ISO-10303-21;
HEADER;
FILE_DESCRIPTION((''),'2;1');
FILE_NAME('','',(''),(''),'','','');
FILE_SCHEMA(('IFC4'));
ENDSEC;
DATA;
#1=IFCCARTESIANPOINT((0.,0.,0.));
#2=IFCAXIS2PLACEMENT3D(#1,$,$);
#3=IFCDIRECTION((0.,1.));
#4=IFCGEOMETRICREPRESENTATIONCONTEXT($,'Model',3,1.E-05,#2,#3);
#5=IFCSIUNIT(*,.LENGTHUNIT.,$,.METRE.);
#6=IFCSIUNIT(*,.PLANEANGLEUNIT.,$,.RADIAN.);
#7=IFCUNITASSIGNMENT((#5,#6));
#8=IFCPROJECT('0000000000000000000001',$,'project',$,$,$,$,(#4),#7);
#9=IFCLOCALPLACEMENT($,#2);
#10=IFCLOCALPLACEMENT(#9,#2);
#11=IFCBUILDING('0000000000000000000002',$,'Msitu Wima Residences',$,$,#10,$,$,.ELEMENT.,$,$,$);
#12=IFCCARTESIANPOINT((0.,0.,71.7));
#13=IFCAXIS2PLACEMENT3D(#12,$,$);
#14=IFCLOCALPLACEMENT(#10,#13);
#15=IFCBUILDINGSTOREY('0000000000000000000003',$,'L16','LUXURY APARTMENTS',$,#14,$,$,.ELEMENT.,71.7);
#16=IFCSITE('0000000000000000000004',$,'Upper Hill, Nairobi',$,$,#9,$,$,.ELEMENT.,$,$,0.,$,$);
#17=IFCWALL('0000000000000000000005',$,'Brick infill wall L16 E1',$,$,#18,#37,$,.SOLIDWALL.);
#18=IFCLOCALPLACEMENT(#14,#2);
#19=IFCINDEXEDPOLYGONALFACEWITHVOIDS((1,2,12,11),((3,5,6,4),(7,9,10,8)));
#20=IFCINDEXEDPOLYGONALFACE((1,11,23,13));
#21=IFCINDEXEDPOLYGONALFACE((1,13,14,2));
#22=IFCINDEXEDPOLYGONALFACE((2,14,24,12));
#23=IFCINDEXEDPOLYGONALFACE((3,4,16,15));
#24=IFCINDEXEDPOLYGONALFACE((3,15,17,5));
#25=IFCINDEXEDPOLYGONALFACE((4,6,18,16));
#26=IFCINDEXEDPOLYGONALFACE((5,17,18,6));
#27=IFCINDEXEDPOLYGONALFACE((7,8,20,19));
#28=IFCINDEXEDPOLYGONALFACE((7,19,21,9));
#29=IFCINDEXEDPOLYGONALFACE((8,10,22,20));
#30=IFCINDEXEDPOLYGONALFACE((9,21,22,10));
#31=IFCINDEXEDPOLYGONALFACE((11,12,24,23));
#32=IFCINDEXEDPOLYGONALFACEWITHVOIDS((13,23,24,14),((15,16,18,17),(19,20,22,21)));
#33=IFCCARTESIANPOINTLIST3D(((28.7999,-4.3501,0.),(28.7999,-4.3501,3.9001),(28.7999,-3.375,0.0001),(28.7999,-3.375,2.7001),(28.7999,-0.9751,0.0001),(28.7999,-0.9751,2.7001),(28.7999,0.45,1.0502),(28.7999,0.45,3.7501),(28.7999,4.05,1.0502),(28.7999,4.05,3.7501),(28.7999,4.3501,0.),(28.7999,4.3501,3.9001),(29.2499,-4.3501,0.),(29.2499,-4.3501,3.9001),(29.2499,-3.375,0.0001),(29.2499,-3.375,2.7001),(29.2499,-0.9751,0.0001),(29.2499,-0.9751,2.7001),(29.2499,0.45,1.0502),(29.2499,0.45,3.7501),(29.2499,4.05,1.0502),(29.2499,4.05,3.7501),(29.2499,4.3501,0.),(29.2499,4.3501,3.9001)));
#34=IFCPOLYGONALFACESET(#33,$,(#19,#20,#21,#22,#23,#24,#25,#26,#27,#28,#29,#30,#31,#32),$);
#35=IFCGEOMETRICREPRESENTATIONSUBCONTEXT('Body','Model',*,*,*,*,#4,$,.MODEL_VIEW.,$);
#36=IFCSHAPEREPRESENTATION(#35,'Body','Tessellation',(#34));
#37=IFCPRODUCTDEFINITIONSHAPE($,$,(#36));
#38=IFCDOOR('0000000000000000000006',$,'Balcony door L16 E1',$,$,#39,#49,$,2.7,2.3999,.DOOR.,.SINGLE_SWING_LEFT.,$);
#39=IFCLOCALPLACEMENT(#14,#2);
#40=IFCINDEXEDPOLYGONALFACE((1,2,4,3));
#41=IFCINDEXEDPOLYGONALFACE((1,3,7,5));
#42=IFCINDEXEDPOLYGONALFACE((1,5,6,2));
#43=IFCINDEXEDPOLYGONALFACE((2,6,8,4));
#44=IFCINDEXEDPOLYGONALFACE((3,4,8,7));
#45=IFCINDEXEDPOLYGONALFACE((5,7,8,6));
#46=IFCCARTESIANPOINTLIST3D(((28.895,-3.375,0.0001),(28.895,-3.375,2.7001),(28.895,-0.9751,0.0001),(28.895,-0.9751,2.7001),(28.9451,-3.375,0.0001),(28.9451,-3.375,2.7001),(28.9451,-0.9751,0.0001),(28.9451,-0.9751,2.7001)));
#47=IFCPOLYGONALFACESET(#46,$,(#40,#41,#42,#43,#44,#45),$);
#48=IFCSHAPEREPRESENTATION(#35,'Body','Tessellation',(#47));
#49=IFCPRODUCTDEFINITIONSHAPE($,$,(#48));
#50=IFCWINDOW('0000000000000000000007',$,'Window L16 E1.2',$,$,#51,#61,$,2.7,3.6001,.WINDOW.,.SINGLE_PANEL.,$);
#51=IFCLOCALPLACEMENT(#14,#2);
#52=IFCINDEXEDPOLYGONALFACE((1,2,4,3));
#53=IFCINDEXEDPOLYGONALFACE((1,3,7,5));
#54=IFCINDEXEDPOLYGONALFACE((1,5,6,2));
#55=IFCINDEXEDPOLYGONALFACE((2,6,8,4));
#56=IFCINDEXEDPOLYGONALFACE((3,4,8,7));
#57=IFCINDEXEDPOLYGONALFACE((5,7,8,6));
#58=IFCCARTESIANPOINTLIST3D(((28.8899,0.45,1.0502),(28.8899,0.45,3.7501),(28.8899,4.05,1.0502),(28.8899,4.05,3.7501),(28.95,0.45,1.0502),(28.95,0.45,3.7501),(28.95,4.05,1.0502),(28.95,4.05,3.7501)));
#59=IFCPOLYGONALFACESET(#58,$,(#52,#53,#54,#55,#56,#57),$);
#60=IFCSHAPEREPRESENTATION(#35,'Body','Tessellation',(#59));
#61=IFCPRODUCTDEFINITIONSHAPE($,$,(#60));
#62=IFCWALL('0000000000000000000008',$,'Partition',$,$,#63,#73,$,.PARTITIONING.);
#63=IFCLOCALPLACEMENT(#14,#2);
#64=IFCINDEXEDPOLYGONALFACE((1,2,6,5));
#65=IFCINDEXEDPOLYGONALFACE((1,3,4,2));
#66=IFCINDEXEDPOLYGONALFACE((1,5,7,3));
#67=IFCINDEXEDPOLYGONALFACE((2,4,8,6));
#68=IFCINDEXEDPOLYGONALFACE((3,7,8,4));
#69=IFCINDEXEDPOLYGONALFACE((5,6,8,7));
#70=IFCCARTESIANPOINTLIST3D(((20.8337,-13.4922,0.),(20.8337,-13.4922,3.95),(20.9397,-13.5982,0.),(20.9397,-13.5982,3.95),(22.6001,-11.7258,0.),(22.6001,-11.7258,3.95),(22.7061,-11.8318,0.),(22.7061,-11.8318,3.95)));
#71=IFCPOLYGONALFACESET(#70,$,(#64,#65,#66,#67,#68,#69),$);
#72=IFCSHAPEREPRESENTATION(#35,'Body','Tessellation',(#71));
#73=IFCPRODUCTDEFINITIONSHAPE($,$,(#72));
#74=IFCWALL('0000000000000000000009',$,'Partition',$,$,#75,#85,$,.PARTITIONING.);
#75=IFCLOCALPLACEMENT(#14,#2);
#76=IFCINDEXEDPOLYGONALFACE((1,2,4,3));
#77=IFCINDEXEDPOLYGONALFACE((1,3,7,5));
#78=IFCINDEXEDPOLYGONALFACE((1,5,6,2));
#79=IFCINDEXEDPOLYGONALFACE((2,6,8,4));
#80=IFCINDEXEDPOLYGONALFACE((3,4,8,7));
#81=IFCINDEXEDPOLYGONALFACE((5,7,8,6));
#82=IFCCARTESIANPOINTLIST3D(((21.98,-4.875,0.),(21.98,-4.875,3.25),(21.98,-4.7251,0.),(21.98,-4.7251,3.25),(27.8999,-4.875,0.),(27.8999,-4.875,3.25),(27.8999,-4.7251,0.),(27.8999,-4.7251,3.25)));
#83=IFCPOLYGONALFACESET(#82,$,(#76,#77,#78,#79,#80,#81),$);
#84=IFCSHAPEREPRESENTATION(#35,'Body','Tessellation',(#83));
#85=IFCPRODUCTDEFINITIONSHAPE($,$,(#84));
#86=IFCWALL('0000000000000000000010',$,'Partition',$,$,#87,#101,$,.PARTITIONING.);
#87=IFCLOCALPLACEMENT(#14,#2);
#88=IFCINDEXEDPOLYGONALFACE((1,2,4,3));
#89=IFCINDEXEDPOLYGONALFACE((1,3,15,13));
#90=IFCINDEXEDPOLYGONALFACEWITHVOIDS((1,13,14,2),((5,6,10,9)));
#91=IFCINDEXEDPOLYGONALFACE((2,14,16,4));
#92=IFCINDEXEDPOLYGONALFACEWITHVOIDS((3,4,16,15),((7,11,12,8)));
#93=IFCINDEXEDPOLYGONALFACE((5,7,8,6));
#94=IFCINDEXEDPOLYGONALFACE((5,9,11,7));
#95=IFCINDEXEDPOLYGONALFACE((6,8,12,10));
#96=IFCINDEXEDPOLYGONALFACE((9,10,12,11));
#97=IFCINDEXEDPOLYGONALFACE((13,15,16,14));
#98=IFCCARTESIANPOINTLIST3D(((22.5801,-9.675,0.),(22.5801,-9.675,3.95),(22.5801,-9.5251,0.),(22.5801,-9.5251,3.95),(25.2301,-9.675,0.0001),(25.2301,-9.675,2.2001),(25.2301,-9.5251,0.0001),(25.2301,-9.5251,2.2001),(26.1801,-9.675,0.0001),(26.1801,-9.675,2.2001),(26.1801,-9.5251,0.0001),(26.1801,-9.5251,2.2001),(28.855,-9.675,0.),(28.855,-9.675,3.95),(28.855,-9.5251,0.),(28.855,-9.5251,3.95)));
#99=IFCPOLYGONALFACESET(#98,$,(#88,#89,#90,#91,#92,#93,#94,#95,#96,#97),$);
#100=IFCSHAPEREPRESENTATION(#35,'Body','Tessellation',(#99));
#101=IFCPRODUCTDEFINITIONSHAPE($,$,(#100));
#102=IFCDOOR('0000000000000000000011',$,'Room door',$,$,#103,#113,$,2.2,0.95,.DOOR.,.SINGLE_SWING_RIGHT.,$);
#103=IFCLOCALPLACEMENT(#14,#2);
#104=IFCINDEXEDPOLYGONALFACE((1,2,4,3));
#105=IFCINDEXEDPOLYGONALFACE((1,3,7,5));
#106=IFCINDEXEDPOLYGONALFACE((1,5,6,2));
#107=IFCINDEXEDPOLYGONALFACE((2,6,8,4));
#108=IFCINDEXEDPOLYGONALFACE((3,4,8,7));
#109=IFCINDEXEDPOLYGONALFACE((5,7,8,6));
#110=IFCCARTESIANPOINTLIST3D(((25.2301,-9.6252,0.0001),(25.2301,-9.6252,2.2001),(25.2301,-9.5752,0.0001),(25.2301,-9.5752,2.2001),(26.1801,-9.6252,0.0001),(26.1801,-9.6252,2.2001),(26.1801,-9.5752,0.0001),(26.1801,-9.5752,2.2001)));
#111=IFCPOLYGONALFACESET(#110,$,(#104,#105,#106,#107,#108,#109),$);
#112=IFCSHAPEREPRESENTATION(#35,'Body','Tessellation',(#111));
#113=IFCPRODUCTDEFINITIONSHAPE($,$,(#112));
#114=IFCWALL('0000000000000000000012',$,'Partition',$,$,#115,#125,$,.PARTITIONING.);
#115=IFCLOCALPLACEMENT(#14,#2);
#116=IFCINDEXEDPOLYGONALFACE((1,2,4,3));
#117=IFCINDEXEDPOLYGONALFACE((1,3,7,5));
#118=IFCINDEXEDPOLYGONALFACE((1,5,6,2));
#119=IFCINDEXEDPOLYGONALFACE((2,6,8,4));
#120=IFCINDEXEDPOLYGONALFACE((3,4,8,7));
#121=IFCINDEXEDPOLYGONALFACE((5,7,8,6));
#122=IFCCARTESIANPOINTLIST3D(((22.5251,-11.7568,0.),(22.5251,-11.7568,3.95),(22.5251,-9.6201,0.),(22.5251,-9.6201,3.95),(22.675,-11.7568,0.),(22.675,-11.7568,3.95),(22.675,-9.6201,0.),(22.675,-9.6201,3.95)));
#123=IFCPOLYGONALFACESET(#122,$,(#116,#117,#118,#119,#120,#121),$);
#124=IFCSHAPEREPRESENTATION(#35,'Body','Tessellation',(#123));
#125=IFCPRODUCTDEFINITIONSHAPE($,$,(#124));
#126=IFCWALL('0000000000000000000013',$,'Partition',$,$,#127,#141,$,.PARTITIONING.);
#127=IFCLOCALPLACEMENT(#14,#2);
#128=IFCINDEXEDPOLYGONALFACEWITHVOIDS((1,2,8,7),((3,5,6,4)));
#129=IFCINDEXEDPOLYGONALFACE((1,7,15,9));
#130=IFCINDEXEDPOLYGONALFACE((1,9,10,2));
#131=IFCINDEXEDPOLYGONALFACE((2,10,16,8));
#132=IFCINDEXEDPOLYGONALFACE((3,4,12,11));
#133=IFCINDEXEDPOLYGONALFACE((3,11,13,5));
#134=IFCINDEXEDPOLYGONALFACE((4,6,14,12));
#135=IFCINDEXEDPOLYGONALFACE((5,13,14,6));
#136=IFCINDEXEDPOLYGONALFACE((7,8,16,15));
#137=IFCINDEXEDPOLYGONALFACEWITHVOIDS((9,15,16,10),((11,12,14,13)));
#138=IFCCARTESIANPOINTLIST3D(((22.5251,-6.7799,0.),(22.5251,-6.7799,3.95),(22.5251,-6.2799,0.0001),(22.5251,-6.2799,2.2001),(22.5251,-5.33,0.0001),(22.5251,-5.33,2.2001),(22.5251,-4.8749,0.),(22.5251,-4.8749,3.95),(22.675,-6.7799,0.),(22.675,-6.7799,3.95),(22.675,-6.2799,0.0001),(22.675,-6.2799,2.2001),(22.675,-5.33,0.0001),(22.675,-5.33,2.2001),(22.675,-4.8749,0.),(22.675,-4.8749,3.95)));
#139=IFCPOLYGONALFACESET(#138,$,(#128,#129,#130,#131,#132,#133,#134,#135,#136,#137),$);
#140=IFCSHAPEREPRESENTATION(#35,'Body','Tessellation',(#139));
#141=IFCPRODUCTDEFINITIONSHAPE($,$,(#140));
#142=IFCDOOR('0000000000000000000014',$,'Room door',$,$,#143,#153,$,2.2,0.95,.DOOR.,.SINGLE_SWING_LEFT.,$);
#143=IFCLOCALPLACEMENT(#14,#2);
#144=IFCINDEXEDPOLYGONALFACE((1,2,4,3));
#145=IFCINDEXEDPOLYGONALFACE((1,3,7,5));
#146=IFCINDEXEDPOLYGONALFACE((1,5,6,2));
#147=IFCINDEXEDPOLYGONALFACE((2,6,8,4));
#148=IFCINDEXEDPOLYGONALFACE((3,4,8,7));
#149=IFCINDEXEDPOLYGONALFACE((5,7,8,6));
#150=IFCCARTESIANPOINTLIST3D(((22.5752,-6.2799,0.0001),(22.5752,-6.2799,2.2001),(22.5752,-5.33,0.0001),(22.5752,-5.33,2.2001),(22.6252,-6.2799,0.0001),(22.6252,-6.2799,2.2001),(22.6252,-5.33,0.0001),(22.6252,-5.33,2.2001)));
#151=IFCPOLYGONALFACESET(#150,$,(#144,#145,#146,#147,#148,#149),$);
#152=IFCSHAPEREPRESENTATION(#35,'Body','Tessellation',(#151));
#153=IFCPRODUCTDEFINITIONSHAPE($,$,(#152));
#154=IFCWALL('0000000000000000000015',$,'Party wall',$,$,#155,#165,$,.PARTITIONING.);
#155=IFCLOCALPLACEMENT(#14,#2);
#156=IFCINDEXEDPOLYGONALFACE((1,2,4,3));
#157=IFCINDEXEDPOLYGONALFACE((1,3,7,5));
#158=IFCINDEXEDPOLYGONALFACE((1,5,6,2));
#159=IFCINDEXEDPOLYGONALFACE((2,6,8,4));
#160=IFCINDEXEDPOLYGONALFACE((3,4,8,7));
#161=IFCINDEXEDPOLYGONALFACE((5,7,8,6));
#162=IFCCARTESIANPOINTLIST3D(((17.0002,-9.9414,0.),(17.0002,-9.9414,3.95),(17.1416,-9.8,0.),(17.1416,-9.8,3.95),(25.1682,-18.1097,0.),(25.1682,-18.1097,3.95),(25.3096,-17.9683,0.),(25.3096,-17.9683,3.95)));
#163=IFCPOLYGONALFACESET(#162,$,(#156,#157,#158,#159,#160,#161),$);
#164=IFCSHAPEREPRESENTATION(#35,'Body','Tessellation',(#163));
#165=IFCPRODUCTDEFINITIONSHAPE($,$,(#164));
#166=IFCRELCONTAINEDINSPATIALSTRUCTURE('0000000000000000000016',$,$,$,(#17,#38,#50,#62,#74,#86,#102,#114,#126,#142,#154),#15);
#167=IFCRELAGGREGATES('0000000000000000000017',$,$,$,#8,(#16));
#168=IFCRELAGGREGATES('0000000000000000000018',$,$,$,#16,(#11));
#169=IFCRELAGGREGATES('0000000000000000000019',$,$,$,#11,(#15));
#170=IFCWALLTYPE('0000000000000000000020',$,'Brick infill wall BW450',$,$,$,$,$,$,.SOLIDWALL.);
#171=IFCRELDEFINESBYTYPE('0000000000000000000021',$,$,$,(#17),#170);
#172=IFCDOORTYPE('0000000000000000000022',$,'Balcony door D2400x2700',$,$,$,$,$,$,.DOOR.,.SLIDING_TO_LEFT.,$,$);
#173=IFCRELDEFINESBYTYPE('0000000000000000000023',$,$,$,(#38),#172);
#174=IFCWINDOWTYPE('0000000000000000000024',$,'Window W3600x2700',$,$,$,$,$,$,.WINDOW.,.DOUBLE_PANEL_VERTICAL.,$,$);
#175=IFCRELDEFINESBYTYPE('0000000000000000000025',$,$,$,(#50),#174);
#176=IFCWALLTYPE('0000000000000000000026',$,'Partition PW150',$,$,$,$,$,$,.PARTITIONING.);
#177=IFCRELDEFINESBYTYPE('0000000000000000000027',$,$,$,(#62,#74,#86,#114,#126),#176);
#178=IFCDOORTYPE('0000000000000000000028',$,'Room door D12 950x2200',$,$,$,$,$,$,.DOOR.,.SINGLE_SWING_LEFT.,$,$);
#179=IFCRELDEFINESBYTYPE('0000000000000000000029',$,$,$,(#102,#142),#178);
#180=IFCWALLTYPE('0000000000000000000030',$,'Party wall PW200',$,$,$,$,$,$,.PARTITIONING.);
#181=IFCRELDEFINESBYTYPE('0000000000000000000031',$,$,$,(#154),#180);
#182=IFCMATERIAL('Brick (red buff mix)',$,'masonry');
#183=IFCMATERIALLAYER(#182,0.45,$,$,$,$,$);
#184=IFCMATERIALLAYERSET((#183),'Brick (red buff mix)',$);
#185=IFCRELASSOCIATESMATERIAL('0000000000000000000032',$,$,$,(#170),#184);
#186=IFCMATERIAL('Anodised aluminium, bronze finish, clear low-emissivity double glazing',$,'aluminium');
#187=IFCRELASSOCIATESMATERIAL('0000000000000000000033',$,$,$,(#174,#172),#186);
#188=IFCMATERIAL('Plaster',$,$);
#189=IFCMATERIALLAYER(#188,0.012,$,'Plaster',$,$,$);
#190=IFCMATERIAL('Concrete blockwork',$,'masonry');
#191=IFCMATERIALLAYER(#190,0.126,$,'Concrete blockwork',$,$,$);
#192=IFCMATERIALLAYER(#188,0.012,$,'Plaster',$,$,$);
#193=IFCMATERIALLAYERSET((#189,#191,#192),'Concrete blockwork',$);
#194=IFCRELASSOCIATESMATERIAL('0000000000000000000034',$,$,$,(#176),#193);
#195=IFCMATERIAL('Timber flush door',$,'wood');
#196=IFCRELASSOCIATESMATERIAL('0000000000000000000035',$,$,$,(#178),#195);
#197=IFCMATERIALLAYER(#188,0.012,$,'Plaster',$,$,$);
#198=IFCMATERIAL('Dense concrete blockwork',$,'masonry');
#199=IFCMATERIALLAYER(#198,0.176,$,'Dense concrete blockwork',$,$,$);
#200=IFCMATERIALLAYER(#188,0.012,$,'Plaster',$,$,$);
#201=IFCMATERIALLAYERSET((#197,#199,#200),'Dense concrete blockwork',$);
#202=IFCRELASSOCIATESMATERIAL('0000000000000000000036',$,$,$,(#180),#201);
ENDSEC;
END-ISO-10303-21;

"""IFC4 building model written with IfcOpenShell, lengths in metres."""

from ifc_helpers import new_model, si_unit, direction, frame, frame_2d, origin, place, context, subcontext, project, spatial, rectangle, extrude, material, layer, layer_set, type_object, element, fill, save


model = new_model("IFC4")

# Units and contexts
model_context = context("Model", 3, precision=1e-05, world=origin(), true_north=direction((0.0, 1.0)))
body_context = subcontext(model_context, "Body", "Model", "MODEL_VIEW")
ifc_project = project(units=[si_unit("LENGTHUNIT", "METRE"), si_unit("PLANEANGLEUNIT", "RADIAN")], contexts=[model_context])

# Site, building, storey
site_placement = place(None, origin())
site = spatial("IfcSite", under=ifc_project, at=site_placement, Name="Upper Hill, Nairobi", CompositionType="ELEMENT", RefElevation=0.0)
building_placement = place(site_placement, origin())
building = spatial("IfcBuilding", under=site, at=building_placement, Name="Msitu Wima Residences", CompositionType="ELEMENT")
storey_placement = place(building_placement, frame((0.0, 0.0, 71.7)))
storey = spatial("IfcBuildingStorey", under=building, at=storey_placement, Name="L16", Description="LUXURY APARTMENTS", CompositionType="ELEMENT", Elevation=71.7)

# Shared definitions
ifc_material_1 = material(Name="Brick (red buff mix)", Category="masonry")
ifc_layer_1 = layer(ifc_material_1, 0.45)
ifc_layer_set_1 = layer_set([ifc_layer_1], Name="Brick (red buff mix)")
wall_type_1 = type_object("IfcWallType", Name="Brick infill wall BW450", PredefinedType="SOLIDWALL", material=ifc_layer_set_1)
ifc_material_2 = material(Name="Anodised aluminium, bronze finish, clear low-emissivity double glazing", Category="aluminium")
window_type = type_object("IfcWindowType", Name="Window W3600x2700", PartitioningType="DOUBLE_PANEL_VERTICAL", PredefinedType="WINDOW", material=ifc_material_2)

# Wall, openings, door, window
wall_1_placement = place(storey_placement, frame((29.0249, -4.3501, 0.0), z_axis=(0.0, 0.0, 1.0), x_axis=(0.0, 1.0, 0.0)))
wall_1 = element("IfcWall", 1, at=wall_1_placement, inside=storey, type_object=wall_type_1, Name="Brick infill wall L16 E1", PredefinedType="SOLIDWALL", context=body_context, shape_type="SweptSolid", body=[
    extrude(rectangle(XDim=8.7002, YDim=0.45, at=frame_2d((4.3501, 0.0))), origin(), (0.0, 0.0, 1.0), 3.9001),
])
opening_1_placement = place(wall_1_placement, frame((0.9751, 0.0, 0.0)))
opening_1 = element("IfcOpeningElement", 2, at=opening_1_placement, cuts=wall_1, PredefinedType="OPENING", context=body_context, shape_type="SweptSolid", body=[
    extrude(rectangle(XDim=2.3999, YDim=2.7, at=frame_2d((1.2, 1.3501))), frame((0.0, 0.2349, 0.0), z_axis=(0.0, -1.0, 0.0), x_axis=(1.0, 0.0, 0.0)), (0.0, 0.0, 1.0), 0.47),
])
opening_2_placement = place(wall_1_placement, frame((4.8, 0.0, 1.05)))
opening_2 = element("IfcOpeningElement", 3, at=opening_2_placement, cuts=wall_1, PredefinedType="OPENING", context=body_context, shape_type="SweptSolid", body=[
    extrude(rectangle(XDim=3.6001, YDim=2.7, at=frame_2d((1.8, 1.3501))), frame((0.0, 0.2349, 0.0), z_axis=(0.0, -1.0, 0.0), x_axis=(1.0, 0.0, 0.0)), (0.0, 0.0, 1.0), 0.47),
])
door_type_1 = type_object("IfcDoorType", Name="Balcony door D2400x2700", OperationType="SLIDING_TO_LEFT", PredefinedType="DOOR", material=ifc_material_2)
door_1_placement = place(opening_1_placement, origin())
door_1 = element("IfcDoor", 4, at=door_1_placement, inside=storey, type_object=door_type_1, Name="Balcony door L16 E1", OperationType="SINGLE_SWING_LEFT", OverallHeight=2.7, OverallWidth=2.3999, PredefinedType="DOOR", context=body_context, shape_type="SweptSolid", body=[
    extrude(rectangle(XDim=2.3999, YDim=2.7, at=frame_2d((1.2, 1.3501))), frame((0.0, 0.1299, 0.0), z_axis=(0.0, -1.0, 0.0), x_axis=(1.0, 0.0, 0.0)), (0.0, 0.0, 1.0), 0.05),
])
fill(opening_1, door_1)
window_1_placement = place(opening_2_placement, origin())
window_1 = element("IfcWindow", 5, at=window_1_placement, inside=storey, type_object=window_type, Name="Window L16 E1.2", OverallHeight=2.7, OverallWidth=3.6001, PartitioningType="SINGLE_PANEL", PredefinedType="WINDOW", context=body_context, shape_type="SweptSolid", body=[
    extrude(rectangle(XDim=3.6001, YDim=2.7, at=frame_2d((1.8, 1.3501))), frame((0.0, 0.135, 0.0), z_axis=(0.0, -1.0, 0.0), x_axis=(1.0, 0.0, 0.0)), (0.0, 0.0, 1.0), 0.0601),
])
fill(opening_2, window_1)

# Walls
ifc_material_3 = material(Name="Plaster")
ifc_layer_2 = layer(ifc_material_3, 0.012, Name="Plaster")
ifc_material_4 = material(Name="Concrete blockwork", Category="masonry")
ifc_layer_3 = layer(ifc_material_4, 0.126, Name="Concrete blockwork")
ifc_layer_4 = layer(ifc_material_3, 0.012, Name="Plaster")
ifc_layer_set_2 = layer_set([ifc_layer_2, ifc_layer_3, ifc_layer_4], Name="Concrete blockwork")
wall_type_2 = type_object("IfcWallType", Name="Partition PW150", PredefinedType="PARTITIONING", material=ifc_layer_set_2)
wall_2_placement = place(storey_placement, frame((20.8867, -13.5452, 0.0), z_axis=(0.0, 0.0, 1.0), x_axis=(0.707107, 0.707107, 0.0)))
element("IfcWall", 6, at=wall_2_placement, inside=storey, type_object=wall_type_2, Name="Partition", PredefinedType="PARTITIONING", context=body_context, shape_type="SweptSolid", body=[
    extrude(rectangle(XDim=2.498, YDim=0.1499, at=frame_2d((1.249, 0.0))), origin(), (0.0, 0.0, 1.0), 3.95),
])
wall_3_placement = place(storey_placement, frame((21.98, -4.8, 0.0), z_axis=(0.0, 0.0, 1.0), x_axis=(1.0, 0.0, 0.0)))
element("IfcWall", 7, at=wall_3_placement, inside=storey, type_object=wall_type_2, Name="Partition", PredefinedType="PARTITIONING", context=body_context, shape_type="SweptSolid", body=[
    extrude(rectangle(XDim=5.9199, YDim=0.1499, at=frame_2d((2.96, 0.0))), origin(), (0.0, 0.0, 1.0), 3.25),
])

# Wall, opening, door
wall_4_placement = place(storey_placement, frame((22.5801, -9.6001, 0.0), z_axis=(0.0, 0.0, 1.0), x_axis=(1.0, 0.0, 0.0)))
wall_4 = element("IfcWall", 8, at=wall_4_placement, inside=storey, type_object=wall_type_2, Name="Partition", PredefinedType="PARTITIONING", context=body_context, shape_type="SweptSolid", body=[
    extrude(rectangle(XDim=6.2749, YDim=0.1499, at=frame_2d((3.1375, 0.0))), origin(), (0.0, 0.0, 1.0), 3.95),
])
opening_3_placement = place(wall_4_placement, frame((2.6499, 0.0, 0.0)))
opening_3 = element("IfcOpeningElement", 9, at=opening_3_placement, cuts=wall_4, PredefinedType="OPENING", context=body_context, shape_type="SweptSolid", body=[
    extrude(rectangle(XDim=0.95, YDim=2.2, at=frame_2d((0.4751, 1.1001))), frame((0.0, 0.085, 0.0), z_axis=(0.0, -1.0, 0.0), x_axis=(1.0, 0.0, 0.0)), (0.0, 0.0, 1.0), 0.1699),
])
ifc_material_5 = material(Name="Timber flush door", Category="wood")
door_type_2 = type_object("IfcDoorType", Name="Room door D12 950x2200", OperationType="SINGLE_SWING_LEFT", PredefinedType="DOOR", material=ifc_material_5)
door_2_placement = place(opening_3_placement, origin())
door_2 = element("IfcDoor", 10, at=door_2_placement, inside=storey, type_object=door_type_2, Name="Room door", OperationType="SINGLE_SWING_RIGHT", OverallHeight=2.2, OverallWidth=0.95, PredefinedType="DOOR", context=body_context, shape_type="SweptSolid", body=[
    extrude(rectangle(XDim=0.95, YDim=2.2, at=frame_2d((0.4751, 1.1001))), frame((0.0, 0.0249, 0.0), z_axis=(0.0, -1.0, 0.0), x_axis=(1.0, 0.0, 0.0)), (0.0, 0.0, 1.0), 0.05),
])
fill(opening_3, door_2)

# Wall
wall_5_placement = place(storey_placement, frame((22.6001, -11.7568, 0.0), z_axis=(0.0, 0.0, 1.0), x_axis=(0.0, 1.0, 0.0)))
element("IfcWall", 11, at=wall_5_placement, inside=storey, type_object=wall_type_2, Name="Partition", PredefinedType="PARTITIONING", context=body_context, shape_type="SweptSolid", body=[
    extrude(rectangle(XDim=2.1367, YDim=0.1499, at=frame_2d((1.0684, 0.0))), origin(), (0.0, 0.0, 1.0), 3.95),
])

# Wall, opening, door
wall_6_placement = place(storey_placement, frame((22.6001, -6.78, 0.0), z_axis=(0.0, 0.0, 1.0), x_axis=(0.0, 1.0, 0.0)))
wall_6 = element("IfcWall", 12, at=wall_6_placement, inside=storey, type_object=wall_type_2, Name="Partition", PredefinedType="PARTITIONING", context=body_context, shape_type="SweptSolid", body=[
    extrude(rectangle(XDim=1.905, YDim=0.1499, at=frame_2d((0.9526, 0.0))), origin(), (0.0, 0.0, 1.0), 3.95),
])
opening_4_placement = place(wall_6_placement, frame((0.5, 0.0, 0.0)))
opening_4 = element("IfcOpeningElement", 13, at=opening_4_placement, cuts=wall_6, PredefinedType="OPENING", context=body_context, shape_type="SweptSolid", body=[
    extrude(rectangle(XDim=0.95, YDim=2.2, at=frame_2d((0.4751, 1.1001))), frame((0.0, 0.085, 0.0), z_axis=(0.0, -1.0, 0.0), x_axis=(1.0, 0.0, 0.0)), (0.0, 0.0, 1.0), 0.1699),
])
door_3_placement = place(opening_4_placement, origin())
door_3 = element("IfcDoor", 14, at=door_3_placement, inside=storey, type_object=door_type_2, Name="Room door", OperationType="SINGLE_SWING_LEFT", OverallHeight=2.2, OverallWidth=0.95, PredefinedType="DOOR", context=body_context, shape_type="SweptSolid", body=[
    extrude(rectangle(XDim=0.95, YDim=2.2, at=frame_2d((0.4751, 1.1001))), frame((0.0, 0.0249, 0.0), z_axis=(0.0, -1.0, 0.0), x_axis=(1.0, 0.0, 0.0)), (0.0, 0.0, 1.0), 0.05),
])
fill(opening_4, door_3)

# Wall
ifc_layer_5 = layer(ifc_material_3, 0.012, Name="Plaster")
ifc_material_6 = material(Name="Dense concrete blockwork", Category="masonry")
ifc_layer_6 = layer(ifc_material_6, 0.176, Name="Dense concrete blockwork")
ifc_layer_7 = layer(ifc_material_3, 0.012, Name="Plaster")
ifc_layer_set_3 = layer_set([ifc_layer_5, ifc_layer_6, ifc_layer_7], Name="Dense concrete blockwork")
wall_type_3 = type_object("IfcWallType", Name="Party wall PW200", PredefinedType="PARTITIONING", material=ifc_layer_set_3)
wall_7_placement = place(storey_placement, frame((17.0708, -9.8706, 0.0), z_axis=(0.0, 0.0, 1.0), x_axis=(0.707096, -0.707117, 0.0)))
element("IfcWall", 15, at=wall_7_placement, inside=storey, type_object=wall_type_3, Name="Party wall", PredefinedType="PARTITIONING", context=body_context, shape_type="SweptSolid", body=[
    extrude(rectangle(XDim=11.5515, YDim=0.2, at=frame_2d((5.7759, 0.0))), origin(), (0.0, 0.0, 1.0), 3.95),
])

save(model, "model.ifc")
